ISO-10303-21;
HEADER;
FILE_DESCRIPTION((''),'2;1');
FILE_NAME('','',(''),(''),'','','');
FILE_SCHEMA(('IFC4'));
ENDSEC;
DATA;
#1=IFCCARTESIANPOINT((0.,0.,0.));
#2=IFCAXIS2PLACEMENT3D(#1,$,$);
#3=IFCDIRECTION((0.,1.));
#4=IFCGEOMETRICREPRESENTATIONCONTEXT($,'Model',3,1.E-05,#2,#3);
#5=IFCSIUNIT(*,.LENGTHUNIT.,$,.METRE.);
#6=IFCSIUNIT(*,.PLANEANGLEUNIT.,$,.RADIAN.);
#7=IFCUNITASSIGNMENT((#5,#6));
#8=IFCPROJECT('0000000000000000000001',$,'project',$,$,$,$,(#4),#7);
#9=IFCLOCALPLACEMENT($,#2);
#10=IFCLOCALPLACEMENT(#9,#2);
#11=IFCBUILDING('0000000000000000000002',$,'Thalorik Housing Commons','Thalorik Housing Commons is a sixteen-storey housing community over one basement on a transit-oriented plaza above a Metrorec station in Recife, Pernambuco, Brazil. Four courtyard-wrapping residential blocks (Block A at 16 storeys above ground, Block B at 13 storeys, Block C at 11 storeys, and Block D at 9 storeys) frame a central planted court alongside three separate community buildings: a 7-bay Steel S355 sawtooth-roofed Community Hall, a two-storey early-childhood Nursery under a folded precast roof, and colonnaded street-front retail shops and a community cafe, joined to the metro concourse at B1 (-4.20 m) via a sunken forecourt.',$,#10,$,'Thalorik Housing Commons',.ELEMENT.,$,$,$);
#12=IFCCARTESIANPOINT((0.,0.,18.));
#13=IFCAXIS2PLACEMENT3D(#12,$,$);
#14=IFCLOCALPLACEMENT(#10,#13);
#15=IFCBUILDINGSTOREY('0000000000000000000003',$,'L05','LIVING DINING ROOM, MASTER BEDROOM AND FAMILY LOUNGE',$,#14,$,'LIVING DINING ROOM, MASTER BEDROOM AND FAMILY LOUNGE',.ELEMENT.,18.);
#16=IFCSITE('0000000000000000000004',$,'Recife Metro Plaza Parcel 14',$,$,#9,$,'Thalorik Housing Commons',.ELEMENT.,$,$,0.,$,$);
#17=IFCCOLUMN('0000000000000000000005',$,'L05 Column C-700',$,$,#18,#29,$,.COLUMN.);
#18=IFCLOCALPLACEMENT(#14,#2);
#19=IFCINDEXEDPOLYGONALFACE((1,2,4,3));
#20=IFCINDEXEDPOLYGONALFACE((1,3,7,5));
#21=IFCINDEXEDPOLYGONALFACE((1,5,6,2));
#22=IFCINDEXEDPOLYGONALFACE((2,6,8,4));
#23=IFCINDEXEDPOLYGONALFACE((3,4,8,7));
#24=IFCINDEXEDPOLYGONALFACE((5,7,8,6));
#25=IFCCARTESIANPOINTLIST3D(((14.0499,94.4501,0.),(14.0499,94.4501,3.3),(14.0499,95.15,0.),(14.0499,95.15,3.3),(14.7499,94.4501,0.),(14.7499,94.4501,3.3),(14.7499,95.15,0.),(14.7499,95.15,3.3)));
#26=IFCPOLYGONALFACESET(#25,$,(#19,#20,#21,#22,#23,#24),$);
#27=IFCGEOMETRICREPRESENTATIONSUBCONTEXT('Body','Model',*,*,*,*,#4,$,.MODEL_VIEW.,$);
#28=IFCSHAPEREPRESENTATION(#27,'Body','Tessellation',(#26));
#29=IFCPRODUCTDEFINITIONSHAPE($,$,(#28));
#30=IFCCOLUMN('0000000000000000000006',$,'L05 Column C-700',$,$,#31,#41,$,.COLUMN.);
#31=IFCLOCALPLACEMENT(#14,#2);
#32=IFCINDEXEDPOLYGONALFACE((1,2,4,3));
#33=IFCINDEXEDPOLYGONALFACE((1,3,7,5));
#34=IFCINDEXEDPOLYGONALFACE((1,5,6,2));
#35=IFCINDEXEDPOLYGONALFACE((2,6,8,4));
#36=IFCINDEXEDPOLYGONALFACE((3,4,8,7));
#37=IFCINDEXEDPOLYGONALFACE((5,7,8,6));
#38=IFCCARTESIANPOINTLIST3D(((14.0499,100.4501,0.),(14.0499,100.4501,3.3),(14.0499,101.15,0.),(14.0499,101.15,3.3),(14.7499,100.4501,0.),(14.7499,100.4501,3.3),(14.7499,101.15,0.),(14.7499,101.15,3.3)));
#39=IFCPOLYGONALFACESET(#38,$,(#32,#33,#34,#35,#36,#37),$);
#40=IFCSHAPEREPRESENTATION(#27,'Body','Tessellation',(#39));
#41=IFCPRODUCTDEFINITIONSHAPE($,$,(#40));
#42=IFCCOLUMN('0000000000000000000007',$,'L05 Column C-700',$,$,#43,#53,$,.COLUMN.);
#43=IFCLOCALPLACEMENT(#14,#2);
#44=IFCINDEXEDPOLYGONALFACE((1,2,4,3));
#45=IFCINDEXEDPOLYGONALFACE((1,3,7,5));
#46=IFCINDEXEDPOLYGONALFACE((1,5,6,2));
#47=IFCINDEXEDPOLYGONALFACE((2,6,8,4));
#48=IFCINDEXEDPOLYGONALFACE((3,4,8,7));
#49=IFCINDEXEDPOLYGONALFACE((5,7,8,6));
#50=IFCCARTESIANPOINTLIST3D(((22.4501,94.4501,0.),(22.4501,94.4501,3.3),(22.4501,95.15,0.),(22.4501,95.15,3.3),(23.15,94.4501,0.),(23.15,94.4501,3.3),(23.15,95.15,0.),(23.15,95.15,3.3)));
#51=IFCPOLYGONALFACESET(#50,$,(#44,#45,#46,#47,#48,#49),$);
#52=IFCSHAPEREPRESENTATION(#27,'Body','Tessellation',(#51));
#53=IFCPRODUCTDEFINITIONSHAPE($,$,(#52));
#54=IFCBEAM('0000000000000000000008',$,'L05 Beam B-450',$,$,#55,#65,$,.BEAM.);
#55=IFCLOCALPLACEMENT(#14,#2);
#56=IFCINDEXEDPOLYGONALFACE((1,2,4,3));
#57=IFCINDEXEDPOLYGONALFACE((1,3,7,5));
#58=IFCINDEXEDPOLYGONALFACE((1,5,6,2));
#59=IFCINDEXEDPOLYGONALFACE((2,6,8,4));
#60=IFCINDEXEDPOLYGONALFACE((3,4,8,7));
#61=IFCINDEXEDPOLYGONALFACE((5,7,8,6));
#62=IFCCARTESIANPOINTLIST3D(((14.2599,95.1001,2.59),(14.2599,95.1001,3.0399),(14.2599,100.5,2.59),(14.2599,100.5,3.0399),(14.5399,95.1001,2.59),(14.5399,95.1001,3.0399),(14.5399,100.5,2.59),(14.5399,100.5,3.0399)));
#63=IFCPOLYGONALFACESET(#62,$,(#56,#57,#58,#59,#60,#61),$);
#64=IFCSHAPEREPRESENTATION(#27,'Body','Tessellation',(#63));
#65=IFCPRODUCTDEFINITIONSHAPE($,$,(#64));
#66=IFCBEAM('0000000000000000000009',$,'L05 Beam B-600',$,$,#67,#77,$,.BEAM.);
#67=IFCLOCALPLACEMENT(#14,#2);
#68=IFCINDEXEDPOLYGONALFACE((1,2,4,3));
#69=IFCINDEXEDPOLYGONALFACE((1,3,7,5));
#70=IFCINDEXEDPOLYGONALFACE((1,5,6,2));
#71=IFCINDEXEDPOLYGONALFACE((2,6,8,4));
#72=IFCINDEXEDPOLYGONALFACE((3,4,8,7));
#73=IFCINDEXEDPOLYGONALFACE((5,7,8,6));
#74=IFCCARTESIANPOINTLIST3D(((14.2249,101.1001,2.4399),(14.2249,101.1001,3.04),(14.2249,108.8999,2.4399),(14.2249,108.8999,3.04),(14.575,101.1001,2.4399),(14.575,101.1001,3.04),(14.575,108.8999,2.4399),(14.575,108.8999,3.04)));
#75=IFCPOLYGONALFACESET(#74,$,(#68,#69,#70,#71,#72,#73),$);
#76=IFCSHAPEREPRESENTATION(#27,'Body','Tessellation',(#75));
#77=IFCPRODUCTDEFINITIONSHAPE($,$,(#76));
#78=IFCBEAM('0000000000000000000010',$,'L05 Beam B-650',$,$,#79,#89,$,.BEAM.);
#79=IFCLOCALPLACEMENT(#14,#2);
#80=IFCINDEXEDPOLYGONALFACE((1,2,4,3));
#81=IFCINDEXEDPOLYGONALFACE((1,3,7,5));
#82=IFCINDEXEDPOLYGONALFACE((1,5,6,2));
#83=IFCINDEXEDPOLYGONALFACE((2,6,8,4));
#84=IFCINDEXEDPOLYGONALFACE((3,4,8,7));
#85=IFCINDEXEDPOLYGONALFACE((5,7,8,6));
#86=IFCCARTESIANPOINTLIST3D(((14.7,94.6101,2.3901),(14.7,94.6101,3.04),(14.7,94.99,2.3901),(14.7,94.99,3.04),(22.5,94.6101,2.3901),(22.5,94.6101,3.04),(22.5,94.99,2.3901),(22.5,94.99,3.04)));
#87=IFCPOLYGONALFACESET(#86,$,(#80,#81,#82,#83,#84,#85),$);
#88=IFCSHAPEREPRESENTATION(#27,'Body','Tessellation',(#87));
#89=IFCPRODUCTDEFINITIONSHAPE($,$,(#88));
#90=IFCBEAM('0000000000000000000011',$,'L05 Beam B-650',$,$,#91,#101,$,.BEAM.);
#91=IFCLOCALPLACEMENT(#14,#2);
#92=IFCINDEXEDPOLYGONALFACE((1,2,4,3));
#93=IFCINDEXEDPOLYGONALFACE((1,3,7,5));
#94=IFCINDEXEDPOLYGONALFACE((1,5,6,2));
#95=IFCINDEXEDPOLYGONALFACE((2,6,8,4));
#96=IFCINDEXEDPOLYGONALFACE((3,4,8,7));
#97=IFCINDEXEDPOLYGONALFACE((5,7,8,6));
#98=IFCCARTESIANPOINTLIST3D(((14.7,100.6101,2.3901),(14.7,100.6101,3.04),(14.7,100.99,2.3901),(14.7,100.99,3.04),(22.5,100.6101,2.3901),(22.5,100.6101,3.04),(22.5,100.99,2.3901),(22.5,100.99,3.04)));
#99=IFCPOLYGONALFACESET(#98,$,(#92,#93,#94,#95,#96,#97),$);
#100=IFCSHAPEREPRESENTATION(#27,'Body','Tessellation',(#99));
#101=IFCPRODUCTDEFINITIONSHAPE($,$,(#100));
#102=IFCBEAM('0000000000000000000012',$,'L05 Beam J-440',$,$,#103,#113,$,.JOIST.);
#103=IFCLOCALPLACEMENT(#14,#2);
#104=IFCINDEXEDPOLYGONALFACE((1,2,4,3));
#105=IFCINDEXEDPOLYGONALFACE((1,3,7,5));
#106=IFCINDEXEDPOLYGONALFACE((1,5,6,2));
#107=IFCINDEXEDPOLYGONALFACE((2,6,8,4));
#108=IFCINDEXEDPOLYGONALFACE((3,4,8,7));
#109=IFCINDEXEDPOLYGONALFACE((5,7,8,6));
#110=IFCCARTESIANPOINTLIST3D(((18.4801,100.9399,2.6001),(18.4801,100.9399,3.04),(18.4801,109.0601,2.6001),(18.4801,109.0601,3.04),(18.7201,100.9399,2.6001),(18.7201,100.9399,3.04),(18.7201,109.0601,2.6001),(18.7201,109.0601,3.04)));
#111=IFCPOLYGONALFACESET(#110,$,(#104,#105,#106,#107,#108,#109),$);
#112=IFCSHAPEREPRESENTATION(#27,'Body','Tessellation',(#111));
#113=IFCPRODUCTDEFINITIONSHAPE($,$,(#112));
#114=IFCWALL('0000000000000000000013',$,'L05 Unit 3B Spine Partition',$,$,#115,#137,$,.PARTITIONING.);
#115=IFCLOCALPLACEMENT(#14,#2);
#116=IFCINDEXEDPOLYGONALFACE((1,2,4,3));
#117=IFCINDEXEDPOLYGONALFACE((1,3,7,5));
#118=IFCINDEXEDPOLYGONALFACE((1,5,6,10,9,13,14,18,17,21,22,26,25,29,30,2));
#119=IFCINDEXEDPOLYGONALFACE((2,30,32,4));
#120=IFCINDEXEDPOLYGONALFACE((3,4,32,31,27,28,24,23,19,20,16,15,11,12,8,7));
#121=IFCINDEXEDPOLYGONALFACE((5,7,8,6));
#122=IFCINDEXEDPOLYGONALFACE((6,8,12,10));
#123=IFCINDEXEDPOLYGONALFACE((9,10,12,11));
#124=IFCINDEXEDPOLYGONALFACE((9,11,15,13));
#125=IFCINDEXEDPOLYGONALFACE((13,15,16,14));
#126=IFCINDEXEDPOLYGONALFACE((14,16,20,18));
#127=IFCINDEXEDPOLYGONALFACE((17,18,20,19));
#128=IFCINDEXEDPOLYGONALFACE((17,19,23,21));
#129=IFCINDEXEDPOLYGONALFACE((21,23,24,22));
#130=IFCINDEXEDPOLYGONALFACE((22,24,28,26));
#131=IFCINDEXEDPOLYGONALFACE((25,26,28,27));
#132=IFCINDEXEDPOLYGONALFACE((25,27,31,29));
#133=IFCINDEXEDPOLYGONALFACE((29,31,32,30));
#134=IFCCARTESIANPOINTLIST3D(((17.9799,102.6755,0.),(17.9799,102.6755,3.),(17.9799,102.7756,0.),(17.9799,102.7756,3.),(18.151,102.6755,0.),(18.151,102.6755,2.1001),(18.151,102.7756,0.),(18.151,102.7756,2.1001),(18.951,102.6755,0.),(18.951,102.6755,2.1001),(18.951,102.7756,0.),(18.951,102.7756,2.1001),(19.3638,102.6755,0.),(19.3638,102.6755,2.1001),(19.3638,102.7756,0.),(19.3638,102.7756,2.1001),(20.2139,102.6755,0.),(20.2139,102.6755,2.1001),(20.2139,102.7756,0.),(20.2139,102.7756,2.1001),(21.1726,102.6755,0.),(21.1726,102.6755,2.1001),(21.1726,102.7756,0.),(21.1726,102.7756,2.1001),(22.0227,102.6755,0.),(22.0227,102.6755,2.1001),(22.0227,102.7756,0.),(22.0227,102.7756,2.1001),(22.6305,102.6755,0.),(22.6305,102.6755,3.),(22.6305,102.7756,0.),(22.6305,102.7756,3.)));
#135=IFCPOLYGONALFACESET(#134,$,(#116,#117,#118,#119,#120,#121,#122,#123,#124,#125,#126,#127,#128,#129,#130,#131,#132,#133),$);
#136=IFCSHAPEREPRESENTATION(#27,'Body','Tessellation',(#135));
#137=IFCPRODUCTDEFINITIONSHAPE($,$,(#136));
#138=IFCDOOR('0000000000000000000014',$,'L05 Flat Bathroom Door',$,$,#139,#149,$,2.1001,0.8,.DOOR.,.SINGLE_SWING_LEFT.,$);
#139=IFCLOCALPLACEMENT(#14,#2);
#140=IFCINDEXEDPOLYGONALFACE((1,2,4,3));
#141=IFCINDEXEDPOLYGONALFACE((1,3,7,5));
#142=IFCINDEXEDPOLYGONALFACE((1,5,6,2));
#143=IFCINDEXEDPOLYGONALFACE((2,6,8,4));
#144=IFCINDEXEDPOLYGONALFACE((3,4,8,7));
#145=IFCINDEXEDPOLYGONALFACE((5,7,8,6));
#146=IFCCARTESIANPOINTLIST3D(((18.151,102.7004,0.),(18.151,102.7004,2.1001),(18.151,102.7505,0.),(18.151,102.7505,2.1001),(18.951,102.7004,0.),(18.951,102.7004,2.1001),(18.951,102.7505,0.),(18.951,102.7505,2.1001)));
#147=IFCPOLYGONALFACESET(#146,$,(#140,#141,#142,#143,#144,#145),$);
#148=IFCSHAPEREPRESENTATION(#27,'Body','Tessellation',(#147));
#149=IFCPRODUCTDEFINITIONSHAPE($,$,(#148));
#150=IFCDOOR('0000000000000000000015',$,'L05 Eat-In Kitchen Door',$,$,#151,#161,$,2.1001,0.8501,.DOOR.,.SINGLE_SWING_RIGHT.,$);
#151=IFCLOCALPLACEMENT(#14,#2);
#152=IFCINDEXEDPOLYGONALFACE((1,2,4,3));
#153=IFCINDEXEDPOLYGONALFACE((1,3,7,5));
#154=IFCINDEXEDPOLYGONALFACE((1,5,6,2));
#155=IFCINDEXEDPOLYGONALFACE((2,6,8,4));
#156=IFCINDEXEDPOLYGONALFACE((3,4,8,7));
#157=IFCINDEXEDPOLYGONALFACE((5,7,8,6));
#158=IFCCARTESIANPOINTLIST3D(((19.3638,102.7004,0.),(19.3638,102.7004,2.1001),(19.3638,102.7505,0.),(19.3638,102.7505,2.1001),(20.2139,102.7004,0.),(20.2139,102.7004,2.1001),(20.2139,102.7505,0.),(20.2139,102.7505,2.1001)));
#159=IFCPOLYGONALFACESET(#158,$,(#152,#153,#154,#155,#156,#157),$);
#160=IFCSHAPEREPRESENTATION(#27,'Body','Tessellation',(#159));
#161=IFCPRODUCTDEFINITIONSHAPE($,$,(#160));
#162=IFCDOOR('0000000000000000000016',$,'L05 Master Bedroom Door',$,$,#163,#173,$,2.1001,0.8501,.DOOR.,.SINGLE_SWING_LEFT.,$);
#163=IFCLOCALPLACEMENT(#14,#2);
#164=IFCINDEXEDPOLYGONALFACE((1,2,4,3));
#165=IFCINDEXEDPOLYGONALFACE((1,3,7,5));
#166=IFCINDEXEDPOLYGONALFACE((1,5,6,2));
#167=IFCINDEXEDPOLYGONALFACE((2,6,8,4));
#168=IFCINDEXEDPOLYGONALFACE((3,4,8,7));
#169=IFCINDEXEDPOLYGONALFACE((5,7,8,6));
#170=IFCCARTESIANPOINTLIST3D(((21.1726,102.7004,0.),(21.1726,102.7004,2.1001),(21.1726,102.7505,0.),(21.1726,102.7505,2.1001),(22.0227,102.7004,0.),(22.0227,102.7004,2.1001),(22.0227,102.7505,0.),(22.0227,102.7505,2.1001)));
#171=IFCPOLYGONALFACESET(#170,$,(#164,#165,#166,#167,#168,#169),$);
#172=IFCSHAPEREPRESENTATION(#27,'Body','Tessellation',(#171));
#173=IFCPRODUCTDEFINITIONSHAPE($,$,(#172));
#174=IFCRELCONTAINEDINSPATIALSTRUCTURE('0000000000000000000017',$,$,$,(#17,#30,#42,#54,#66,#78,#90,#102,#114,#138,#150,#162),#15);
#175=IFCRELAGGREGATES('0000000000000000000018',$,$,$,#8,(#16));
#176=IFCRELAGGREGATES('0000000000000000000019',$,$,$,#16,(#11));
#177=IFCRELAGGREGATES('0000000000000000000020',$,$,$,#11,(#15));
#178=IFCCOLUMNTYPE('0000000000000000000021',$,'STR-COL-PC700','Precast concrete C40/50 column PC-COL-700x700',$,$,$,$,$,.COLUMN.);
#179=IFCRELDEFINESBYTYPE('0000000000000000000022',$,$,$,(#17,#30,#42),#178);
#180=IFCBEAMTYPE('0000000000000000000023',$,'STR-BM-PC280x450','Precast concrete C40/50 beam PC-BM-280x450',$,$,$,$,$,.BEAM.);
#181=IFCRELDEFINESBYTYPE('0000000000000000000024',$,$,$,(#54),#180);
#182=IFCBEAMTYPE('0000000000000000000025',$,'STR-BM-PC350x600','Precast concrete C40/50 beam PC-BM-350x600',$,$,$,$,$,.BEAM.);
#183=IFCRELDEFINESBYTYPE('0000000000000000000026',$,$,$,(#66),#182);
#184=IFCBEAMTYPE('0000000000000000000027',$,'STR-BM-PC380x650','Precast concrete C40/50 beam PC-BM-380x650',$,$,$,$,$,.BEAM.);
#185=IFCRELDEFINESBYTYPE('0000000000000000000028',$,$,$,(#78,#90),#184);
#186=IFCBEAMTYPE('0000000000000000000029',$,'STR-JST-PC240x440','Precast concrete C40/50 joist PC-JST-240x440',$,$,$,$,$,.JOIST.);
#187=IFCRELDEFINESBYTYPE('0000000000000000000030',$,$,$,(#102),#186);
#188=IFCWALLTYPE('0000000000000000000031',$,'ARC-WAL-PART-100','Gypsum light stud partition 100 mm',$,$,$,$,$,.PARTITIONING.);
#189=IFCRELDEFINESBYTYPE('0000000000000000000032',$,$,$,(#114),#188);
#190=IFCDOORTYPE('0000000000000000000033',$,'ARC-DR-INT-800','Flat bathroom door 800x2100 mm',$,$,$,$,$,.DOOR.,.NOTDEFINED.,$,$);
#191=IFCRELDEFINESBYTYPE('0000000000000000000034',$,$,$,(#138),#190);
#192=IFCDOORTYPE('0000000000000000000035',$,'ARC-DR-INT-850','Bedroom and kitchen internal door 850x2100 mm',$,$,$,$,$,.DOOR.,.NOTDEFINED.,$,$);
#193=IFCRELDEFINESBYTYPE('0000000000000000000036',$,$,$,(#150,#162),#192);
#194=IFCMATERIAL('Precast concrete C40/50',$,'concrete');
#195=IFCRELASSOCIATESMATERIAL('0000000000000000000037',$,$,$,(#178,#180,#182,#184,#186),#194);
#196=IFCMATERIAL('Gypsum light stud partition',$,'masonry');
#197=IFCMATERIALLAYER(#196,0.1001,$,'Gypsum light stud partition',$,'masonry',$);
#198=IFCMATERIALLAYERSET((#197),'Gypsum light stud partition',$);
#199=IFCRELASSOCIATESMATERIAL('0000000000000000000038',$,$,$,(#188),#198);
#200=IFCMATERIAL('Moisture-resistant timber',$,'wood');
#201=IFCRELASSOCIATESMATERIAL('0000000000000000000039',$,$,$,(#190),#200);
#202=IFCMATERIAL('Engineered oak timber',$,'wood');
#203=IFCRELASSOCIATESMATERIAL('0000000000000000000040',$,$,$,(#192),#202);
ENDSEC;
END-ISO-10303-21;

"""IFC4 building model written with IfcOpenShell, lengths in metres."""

from ifc_helpers import new_model, si_unit, direction, frame, frame_2d, origin, origin_2d, place, context, subcontext, project, spatial, rectangle, extrude, material, layer, layer_set, material_profile, profile_set, type_object, element, fill, save


model = new_model("IFC4")

# Units and contexts
model_context = context("Model", 3, precision=1e-05, world=origin(), true_north=direction((0.0, 1.0)))
body_context = subcontext(model_context, "Body", "Model", "MODEL_VIEW")
ifc_project = project(units=[si_unit("LENGTHUNIT", "METRE"), si_unit("PLANEANGLEUNIT", "RADIAN")], contexts=[model_context])

# Site, building, storey
site_placement = place(None, origin())
site = spatial("IfcSite", under=ifc_project, at=site_placement, Name="Recife Metro Plaza Parcel 14", LongName="Thalorik Housing Commons", CompositionType="ELEMENT", RefElevation=0.0)
building_placement = place(site_placement, origin())
building = spatial("IfcBuilding", under=site, at=building_placement, Name="Thalorik Housing Commons", Description="Thalorik Housing Commons is a sixteen-storey housing community over one basement on a transit-oriented plaza above a Metrorec station in Recife, Pernambuco, Brazil. Four courtyard-wrapping residential blocks (Block A at 16 storeys above ground, Block B at 13 storeys, Block C at 11 storeys, and Block D at 9 storeys) frame a central planted court alongside three separate community buildings: a 7-bay Steel S355 sawtooth-roofed Community Hall, a two-storey early-childhood Nursery under a folded precast roof, and colonnaded street-front retail shops and a community cafe, joined to the metro concourse at B1 (-4.20 m) via a sunken forecourt.", LongName="Thalorik Housing Commons", CompositionType="ELEMENT")
storey_placement = place(building_placement, frame((0.0, 0.0, 18.0)))
storey = spatial("IfcBuildingStorey", under=building, at=storey_placement, Name="L05", Description="LIVING DINING ROOM, MASTER BEDROOM AND FAMILY LOUNGE", LongName="LIVING DINING ROOM, MASTER BEDROOM AND FAMILY LOUNGE", CompositionType="ELEMENT", Elevation=18.0)

# Columns
ifc_material_1 = material(Name="Precast concrete C40/50", Category="concrete")
ifc_material_profile_1 = material_profile(ifc_material_1, rectangle(XDim=0.7, YDim=0.7, at=origin_2d()), Name="PC 700x700", Category="concrete")
ifc_profile_set_1 = profile_set([ifc_material_profile_1], Name="Precast concrete C40/50")
column_type = type_object("IfcColumnType", Name="STR-COL-PC700", Description="Precast concrete C40/50 column PC-COL-700x700", PredefinedType="COLUMN", material=ifc_profile_set_1)
for number, where, z_axis, x_axis, name in (
    (1, (14.3999, 94.8, 0.0), (0.0, 0.0, 1.0), (1.0, 0.0, 0.0), "L05 Column C-700"),
    (2, (14.3999, 100.8, 0.0), (0.0, 0.0, 1.0), (1.0, 0.0, 0.0), "L05 Column C-700"),
    (3, (22.8, 94.8, 0.0), (0.0, 0.0, 1.0), (1.0, 0.0, 0.0), "L05 Column C-700"),
):
    element("IfcColumn", number, at=place(storey_placement, frame(where, z_axis=z_axis, x_axis=x_axis)), inside=storey, type_object=column_type, Name=name, PredefinedType="COLUMN", context=body_context, shape_type="SweptSolid", body=[
        extrude(rectangle(XDim=0.7, YDim=0.7, at=origin_2d()), origin(), (0.0, 0.0, 1.0), 3.3),
    ])

# Beams
ifc_material_profile_2 = material_profile(ifc_material_1, rectangle(XDim=0.28, YDim=0.45, at=origin_2d()), Name="PC 280x450", Category="concrete")
ifc_profile_set_2 = profile_set([ifc_material_profile_2], Name="Precast concrete C40/50")
beam_type_1 = type_object("IfcBeamType", Name="STR-BM-PC280x450", Description="Precast concrete C40/50 beam PC-BM-280x450", PredefinedType="BEAM", material=ifc_profile_set_2)
beam_1_placement = place(storey_placement, frame((14.3999, 95.1001, 2.8149), z_axis=(0.0, 1.0, 0.0), x_axis=(-1.0, 0.0, 0.0)))
element("IfcBeam", 4, at=beam_1_placement, inside=storey, type_object=beam_type_1, Name="L05 Beam B-450", PredefinedType="BEAM", context=body_context, shape_type="SweptSolid", body=[
    extrude(rectangle(XDim=0.28, YDim=0.45, at=origin_2d()), origin(), (0.0, 0.0, 1.0), 5.3999),
])
ifc_material_profile_3 = material_profile(ifc_material_1, rectangle(XDim=0.3501, YDim=0.6001, at=origin_2d()), Name="PC 350x600", Category="concrete")
ifc_profile_set_3 = profile_set([ifc_material_profile_3], Name="Precast concrete C40/50")
beam_type_2 = type_object("IfcBeamType", Name="STR-BM-PC350x600", Description="Precast concrete C40/50 beam PC-BM-350x600", PredefinedType="BEAM", material=ifc_profile_set_3)
beam_2_placement = place(storey_placement, frame((14.3999, 101.1001, 2.74), z_axis=(0.0, 1.0, 0.0), x_axis=(-1.0, 0.0, 0.0)))
element("IfcBeam", 5, at=beam_2_placement, inside=storey, type_object=beam_type_2, Name="L05 Beam B-600", PredefinedType="BEAM", context=body_context, shape_type="SweptSolid", body=[
    extrude(rectangle(XDim=0.3501, YDim=0.6001, at=origin_2d()), origin(), (0.0, 0.0, 1.0), 7.7998),
])
ifc_material_profile_4 = material_profile(ifc_material_1, rectangle(XDim=0.3799, YDim=0.6499, at=origin_2d()), Name="PC 380x650", Category="concrete")
ifc_profile_set_4 = profile_set([ifc_material_profile_4], Name="Precast concrete C40/50")
beam_type_3 = type_object("IfcBeamType", Name="STR-BM-PC380x650", Description="Precast concrete C40/50 beam PC-BM-380x650", PredefinedType="BEAM", material=ifc_profile_set_4)
for number, where, z_axis, x_axis, name in (
    (6, (14.7, 94.8, 2.7151), (1.0, 0.0, 0.0), (0.0, 1.0, 0.0), "L05 Beam B-650"),
    (7, (14.7, 100.8, 2.7151), (1.0, 0.0, 0.0), (0.0, 1.0, 0.0), "L05 Beam B-650"),
):
    element("IfcBeam", number, at=place(storey_placement, frame(where, z_axis=z_axis, x_axis=x_axis)), inside=storey, type_object=beam_type_3, Name=name, PredefinedType="BEAM", context=body_context, shape_type="SweptSolid", body=[
        extrude(rectangle(XDim=0.3799, YDim=0.6499, at=origin_2d()), origin(), (0.0, 0.0, 1.0), 7.8),
    ])
ifc_material_profile_5 = material_profile(ifc_material_1, rectangle(XDim=0.24, YDim=0.4399, at=origin_2d()), Name="PC JST 240x440", Category="concrete")
ifc_profile_set_5 = profile_set([ifc_material_profile_5], Name="Precast concrete C40/50")
beam_type_4 = type_object("IfcBeamType", Name="STR-JST-PC240x440", Description="Precast concrete C40/50 joist PC-JST-240x440", PredefinedType="JOIST", material=ifc_profile_set_5)
beam_3_placement = place(storey_placement, frame((18.6001, 100.9399, 2.8201), z_axis=(0.0, 1.0, 0.0), x_axis=(-1.0, 0.0, 0.0)))
element("IfcBeam", 8, at=beam_3_placement, inside=storey, type_object=beam_type_4, Name="L05 Beam J-440", PredefinedType="JOIST", context=body_context, shape_type="SweptSolid", body=[
    extrude(rectangle(XDim=0.24, YDim=0.4399, at=origin_2d()), origin(), (0.0, 0.0, 1.0), 8.1201),
])

# Wall, openings, doors
ifc_material_2 = material(Name="Gypsum light stud partition", Category="masonry")
ifc_layer_1 = layer(ifc_material_2, 0.1001, Name="Gypsum light stud partition", Category="masonry")
ifc_layer_set_1 = layer_set([ifc_layer_1], Name="Gypsum light stud partition")
wall_type_1 = type_object("IfcWallType", Name="ARC-WAL-PART-100", Description="Gypsum light stud partition 100 mm", PredefinedType="PARTITIONING", material=ifc_layer_set_1)
wall_1_placement = place(storey_placement, frame((17.98, 102.7256, 0.0), z_axis=(0.0, 0.0, 1.0), x_axis=(1.0, 0.0, 0.0)))
wall_1 = element("IfcWall", 9, at=wall_1_placement, inside=storey, type_object=wall_type_1, Name="L05 Unit 3B Spine Partition", PredefinedType="PARTITIONING", context=body_context, shape_type="SweptSolid", body=[
    extrude(rectangle(XDim=4.6506, YDim=0.1001, at=frame_2d((2.3252, 0.0))), origin(), (0.0, 0.0, 1.0), 3.0),
])
opening_1_placement = place(wall_1_placement, frame((0.1711, 0.0, 0.0)))
opening_1 = element("IfcOpeningElement", 10, at=opening_1_placement, cuts=wall_1, PredefinedType="OPENING", context=body_context, shape_type="SweptSolid", body=[
    extrude(rectangle(XDim=0.8, YDim=2.1001, at=frame_2d((0.3999, 1.05))), frame((0.0, 0.0601, 0.0), z_axis=(0.0, -1.0, 0.0), x_axis=(1.0, 0.0, 0.0)), (0.0, 0.0, 1.0), 0.1201),
])
opening_2_placement = place(wall_1_placement, frame((1.3838, 0.0, 0.0)))
opening_2 = element("IfcOpeningElement", 11, at=opening_2_placement, cuts=wall_1, PredefinedType="OPENING", context=body_context, shape_type="SweptSolid", body=[
    extrude(rectangle(XDim=0.8501, YDim=2.1001, at=frame_2d((0.425, 1.05))), frame((0.0, 0.0601, 0.0), z_axis=(0.0, -1.0, 0.0), x_axis=(1.0, 0.0, 0.0)), (0.0, 0.0, 1.0), 0.1201),
])
opening_3_placement = place(wall_1_placement, frame((3.1926, 0.0, 0.0)))
opening_3 = element("IfcOpeningElement", 12, at=opening_3_placement, cuts=wall_1, PredefinedType="OPENING", context=body_context, shape_type="SweptSolid", body=[
    extrude(rectangle(XDim=0.8501, YDim=2.1001, at=frame_2d((0.425, 1.05))), frame((0.0, 0.0601, 0.0), z_axis=(0.0, -1.0, 0.0), x_axis=(1.0, 0.0, 0.0)), (0.0, 0.0, 1.0), 0.1201),
])
ifc_material_3 = material(Name="Moisture-resistant timber", Category="wood")
door_type_1 = type_object("IfcDoorType", Name="ARC-DR-INT-800", Description="Flat bathroom door 800x2100 mm", OperationType="NOTDEFINED", PredefinedType="DOOR", material=ifc_material_3)
door_1_placement = place(opening_1_placement, origin())
door_1 = element("IfcDoor", 13, at=door_1_placement, inside=storey, type_object=door_type_1, Name="L05 Flat Bathroom Door", OperationType="SINGLE_SWING_LEFT", OverallHeight=2.1001, OverallWidth=0.8, PredefinedType="DOOR", context=body_context, shape_type="SweptSolid", body=[
    extrude(rectangle(XDim=0.8, YDim=2.1001, at=frame_2d((0.3999, 1.05))), frame((0.0, 0.0249, 0.0), z_axis=(0.0, -1.0, 0.0), x_axis=(1.0, 0.0, 0.0)), (0.0, 0.0, 1.0), 0.05),
])
fill(opening_1, door_1)
ifc_material_4 = material(Name="Engineered oak timber", Category="wood")
door_type_2 = type_object("IfcDoorType", Name="ARC-DR-INT-850", Description="Bedroom and kitchen internal door 850x2100 mm", OperationType="NOTDEFINED", PredefinedType="DOOR", material=ifc_material_4)
door_2_placement = place(opening_2_placement, origin())
door_2 = element("IfcDoor", 14, at=door_2_placement, inside=storey, type_object=door_type_2, Name="L05 Eat-In Kitchen Door", OperationType="SINGLE_SWING_RIGHT", OverallHeight=2.1001, OverallWidth=0.8501, PredefinedType="DOOR", context=body_context, shape_type="SweptSolid", body=[
    extrude(rectangle(XDim=0.8501, YDim=2.1001, at=frame_2d((0.425, 1.05))), frame((0.0, 0.0249, 0.0), z_axis=(0.0, -1.0, 0.0), x_axis=(1.0, 0.0, 0.0)), (0.0, 0.0, 1.0), 0.05),
])
fill(opening_2, door_2)
door_3_placement = place(opening_3_placement, origin())
door_3 = element("IfcDoor", 15, at=door_3_placement, inside=storey, type_object=door_type_2, Name="L05 Master Bedroom Door", OperationType="SINGLE_SWING_LEFT", OverallHeight=2.1001, OverallWidth=0.8501, PredefinedType="DOOR", context=body_context, shape_type="SweptSolid", body=[
    extrude(rectangle(XDim=0.8501, YDim=2.1001, at=frame_2d((0.425, 1.05))), frame((0.0, 0.0249, 0.0), z_axis=(0.0, -1.0, 0.0), x_axis=(1.0, 0.0, 0.0)), (0.0, 0.0, 1.0), 0.05),
])
fill(opening_3, door_3)

save(model, "model.ifc")
